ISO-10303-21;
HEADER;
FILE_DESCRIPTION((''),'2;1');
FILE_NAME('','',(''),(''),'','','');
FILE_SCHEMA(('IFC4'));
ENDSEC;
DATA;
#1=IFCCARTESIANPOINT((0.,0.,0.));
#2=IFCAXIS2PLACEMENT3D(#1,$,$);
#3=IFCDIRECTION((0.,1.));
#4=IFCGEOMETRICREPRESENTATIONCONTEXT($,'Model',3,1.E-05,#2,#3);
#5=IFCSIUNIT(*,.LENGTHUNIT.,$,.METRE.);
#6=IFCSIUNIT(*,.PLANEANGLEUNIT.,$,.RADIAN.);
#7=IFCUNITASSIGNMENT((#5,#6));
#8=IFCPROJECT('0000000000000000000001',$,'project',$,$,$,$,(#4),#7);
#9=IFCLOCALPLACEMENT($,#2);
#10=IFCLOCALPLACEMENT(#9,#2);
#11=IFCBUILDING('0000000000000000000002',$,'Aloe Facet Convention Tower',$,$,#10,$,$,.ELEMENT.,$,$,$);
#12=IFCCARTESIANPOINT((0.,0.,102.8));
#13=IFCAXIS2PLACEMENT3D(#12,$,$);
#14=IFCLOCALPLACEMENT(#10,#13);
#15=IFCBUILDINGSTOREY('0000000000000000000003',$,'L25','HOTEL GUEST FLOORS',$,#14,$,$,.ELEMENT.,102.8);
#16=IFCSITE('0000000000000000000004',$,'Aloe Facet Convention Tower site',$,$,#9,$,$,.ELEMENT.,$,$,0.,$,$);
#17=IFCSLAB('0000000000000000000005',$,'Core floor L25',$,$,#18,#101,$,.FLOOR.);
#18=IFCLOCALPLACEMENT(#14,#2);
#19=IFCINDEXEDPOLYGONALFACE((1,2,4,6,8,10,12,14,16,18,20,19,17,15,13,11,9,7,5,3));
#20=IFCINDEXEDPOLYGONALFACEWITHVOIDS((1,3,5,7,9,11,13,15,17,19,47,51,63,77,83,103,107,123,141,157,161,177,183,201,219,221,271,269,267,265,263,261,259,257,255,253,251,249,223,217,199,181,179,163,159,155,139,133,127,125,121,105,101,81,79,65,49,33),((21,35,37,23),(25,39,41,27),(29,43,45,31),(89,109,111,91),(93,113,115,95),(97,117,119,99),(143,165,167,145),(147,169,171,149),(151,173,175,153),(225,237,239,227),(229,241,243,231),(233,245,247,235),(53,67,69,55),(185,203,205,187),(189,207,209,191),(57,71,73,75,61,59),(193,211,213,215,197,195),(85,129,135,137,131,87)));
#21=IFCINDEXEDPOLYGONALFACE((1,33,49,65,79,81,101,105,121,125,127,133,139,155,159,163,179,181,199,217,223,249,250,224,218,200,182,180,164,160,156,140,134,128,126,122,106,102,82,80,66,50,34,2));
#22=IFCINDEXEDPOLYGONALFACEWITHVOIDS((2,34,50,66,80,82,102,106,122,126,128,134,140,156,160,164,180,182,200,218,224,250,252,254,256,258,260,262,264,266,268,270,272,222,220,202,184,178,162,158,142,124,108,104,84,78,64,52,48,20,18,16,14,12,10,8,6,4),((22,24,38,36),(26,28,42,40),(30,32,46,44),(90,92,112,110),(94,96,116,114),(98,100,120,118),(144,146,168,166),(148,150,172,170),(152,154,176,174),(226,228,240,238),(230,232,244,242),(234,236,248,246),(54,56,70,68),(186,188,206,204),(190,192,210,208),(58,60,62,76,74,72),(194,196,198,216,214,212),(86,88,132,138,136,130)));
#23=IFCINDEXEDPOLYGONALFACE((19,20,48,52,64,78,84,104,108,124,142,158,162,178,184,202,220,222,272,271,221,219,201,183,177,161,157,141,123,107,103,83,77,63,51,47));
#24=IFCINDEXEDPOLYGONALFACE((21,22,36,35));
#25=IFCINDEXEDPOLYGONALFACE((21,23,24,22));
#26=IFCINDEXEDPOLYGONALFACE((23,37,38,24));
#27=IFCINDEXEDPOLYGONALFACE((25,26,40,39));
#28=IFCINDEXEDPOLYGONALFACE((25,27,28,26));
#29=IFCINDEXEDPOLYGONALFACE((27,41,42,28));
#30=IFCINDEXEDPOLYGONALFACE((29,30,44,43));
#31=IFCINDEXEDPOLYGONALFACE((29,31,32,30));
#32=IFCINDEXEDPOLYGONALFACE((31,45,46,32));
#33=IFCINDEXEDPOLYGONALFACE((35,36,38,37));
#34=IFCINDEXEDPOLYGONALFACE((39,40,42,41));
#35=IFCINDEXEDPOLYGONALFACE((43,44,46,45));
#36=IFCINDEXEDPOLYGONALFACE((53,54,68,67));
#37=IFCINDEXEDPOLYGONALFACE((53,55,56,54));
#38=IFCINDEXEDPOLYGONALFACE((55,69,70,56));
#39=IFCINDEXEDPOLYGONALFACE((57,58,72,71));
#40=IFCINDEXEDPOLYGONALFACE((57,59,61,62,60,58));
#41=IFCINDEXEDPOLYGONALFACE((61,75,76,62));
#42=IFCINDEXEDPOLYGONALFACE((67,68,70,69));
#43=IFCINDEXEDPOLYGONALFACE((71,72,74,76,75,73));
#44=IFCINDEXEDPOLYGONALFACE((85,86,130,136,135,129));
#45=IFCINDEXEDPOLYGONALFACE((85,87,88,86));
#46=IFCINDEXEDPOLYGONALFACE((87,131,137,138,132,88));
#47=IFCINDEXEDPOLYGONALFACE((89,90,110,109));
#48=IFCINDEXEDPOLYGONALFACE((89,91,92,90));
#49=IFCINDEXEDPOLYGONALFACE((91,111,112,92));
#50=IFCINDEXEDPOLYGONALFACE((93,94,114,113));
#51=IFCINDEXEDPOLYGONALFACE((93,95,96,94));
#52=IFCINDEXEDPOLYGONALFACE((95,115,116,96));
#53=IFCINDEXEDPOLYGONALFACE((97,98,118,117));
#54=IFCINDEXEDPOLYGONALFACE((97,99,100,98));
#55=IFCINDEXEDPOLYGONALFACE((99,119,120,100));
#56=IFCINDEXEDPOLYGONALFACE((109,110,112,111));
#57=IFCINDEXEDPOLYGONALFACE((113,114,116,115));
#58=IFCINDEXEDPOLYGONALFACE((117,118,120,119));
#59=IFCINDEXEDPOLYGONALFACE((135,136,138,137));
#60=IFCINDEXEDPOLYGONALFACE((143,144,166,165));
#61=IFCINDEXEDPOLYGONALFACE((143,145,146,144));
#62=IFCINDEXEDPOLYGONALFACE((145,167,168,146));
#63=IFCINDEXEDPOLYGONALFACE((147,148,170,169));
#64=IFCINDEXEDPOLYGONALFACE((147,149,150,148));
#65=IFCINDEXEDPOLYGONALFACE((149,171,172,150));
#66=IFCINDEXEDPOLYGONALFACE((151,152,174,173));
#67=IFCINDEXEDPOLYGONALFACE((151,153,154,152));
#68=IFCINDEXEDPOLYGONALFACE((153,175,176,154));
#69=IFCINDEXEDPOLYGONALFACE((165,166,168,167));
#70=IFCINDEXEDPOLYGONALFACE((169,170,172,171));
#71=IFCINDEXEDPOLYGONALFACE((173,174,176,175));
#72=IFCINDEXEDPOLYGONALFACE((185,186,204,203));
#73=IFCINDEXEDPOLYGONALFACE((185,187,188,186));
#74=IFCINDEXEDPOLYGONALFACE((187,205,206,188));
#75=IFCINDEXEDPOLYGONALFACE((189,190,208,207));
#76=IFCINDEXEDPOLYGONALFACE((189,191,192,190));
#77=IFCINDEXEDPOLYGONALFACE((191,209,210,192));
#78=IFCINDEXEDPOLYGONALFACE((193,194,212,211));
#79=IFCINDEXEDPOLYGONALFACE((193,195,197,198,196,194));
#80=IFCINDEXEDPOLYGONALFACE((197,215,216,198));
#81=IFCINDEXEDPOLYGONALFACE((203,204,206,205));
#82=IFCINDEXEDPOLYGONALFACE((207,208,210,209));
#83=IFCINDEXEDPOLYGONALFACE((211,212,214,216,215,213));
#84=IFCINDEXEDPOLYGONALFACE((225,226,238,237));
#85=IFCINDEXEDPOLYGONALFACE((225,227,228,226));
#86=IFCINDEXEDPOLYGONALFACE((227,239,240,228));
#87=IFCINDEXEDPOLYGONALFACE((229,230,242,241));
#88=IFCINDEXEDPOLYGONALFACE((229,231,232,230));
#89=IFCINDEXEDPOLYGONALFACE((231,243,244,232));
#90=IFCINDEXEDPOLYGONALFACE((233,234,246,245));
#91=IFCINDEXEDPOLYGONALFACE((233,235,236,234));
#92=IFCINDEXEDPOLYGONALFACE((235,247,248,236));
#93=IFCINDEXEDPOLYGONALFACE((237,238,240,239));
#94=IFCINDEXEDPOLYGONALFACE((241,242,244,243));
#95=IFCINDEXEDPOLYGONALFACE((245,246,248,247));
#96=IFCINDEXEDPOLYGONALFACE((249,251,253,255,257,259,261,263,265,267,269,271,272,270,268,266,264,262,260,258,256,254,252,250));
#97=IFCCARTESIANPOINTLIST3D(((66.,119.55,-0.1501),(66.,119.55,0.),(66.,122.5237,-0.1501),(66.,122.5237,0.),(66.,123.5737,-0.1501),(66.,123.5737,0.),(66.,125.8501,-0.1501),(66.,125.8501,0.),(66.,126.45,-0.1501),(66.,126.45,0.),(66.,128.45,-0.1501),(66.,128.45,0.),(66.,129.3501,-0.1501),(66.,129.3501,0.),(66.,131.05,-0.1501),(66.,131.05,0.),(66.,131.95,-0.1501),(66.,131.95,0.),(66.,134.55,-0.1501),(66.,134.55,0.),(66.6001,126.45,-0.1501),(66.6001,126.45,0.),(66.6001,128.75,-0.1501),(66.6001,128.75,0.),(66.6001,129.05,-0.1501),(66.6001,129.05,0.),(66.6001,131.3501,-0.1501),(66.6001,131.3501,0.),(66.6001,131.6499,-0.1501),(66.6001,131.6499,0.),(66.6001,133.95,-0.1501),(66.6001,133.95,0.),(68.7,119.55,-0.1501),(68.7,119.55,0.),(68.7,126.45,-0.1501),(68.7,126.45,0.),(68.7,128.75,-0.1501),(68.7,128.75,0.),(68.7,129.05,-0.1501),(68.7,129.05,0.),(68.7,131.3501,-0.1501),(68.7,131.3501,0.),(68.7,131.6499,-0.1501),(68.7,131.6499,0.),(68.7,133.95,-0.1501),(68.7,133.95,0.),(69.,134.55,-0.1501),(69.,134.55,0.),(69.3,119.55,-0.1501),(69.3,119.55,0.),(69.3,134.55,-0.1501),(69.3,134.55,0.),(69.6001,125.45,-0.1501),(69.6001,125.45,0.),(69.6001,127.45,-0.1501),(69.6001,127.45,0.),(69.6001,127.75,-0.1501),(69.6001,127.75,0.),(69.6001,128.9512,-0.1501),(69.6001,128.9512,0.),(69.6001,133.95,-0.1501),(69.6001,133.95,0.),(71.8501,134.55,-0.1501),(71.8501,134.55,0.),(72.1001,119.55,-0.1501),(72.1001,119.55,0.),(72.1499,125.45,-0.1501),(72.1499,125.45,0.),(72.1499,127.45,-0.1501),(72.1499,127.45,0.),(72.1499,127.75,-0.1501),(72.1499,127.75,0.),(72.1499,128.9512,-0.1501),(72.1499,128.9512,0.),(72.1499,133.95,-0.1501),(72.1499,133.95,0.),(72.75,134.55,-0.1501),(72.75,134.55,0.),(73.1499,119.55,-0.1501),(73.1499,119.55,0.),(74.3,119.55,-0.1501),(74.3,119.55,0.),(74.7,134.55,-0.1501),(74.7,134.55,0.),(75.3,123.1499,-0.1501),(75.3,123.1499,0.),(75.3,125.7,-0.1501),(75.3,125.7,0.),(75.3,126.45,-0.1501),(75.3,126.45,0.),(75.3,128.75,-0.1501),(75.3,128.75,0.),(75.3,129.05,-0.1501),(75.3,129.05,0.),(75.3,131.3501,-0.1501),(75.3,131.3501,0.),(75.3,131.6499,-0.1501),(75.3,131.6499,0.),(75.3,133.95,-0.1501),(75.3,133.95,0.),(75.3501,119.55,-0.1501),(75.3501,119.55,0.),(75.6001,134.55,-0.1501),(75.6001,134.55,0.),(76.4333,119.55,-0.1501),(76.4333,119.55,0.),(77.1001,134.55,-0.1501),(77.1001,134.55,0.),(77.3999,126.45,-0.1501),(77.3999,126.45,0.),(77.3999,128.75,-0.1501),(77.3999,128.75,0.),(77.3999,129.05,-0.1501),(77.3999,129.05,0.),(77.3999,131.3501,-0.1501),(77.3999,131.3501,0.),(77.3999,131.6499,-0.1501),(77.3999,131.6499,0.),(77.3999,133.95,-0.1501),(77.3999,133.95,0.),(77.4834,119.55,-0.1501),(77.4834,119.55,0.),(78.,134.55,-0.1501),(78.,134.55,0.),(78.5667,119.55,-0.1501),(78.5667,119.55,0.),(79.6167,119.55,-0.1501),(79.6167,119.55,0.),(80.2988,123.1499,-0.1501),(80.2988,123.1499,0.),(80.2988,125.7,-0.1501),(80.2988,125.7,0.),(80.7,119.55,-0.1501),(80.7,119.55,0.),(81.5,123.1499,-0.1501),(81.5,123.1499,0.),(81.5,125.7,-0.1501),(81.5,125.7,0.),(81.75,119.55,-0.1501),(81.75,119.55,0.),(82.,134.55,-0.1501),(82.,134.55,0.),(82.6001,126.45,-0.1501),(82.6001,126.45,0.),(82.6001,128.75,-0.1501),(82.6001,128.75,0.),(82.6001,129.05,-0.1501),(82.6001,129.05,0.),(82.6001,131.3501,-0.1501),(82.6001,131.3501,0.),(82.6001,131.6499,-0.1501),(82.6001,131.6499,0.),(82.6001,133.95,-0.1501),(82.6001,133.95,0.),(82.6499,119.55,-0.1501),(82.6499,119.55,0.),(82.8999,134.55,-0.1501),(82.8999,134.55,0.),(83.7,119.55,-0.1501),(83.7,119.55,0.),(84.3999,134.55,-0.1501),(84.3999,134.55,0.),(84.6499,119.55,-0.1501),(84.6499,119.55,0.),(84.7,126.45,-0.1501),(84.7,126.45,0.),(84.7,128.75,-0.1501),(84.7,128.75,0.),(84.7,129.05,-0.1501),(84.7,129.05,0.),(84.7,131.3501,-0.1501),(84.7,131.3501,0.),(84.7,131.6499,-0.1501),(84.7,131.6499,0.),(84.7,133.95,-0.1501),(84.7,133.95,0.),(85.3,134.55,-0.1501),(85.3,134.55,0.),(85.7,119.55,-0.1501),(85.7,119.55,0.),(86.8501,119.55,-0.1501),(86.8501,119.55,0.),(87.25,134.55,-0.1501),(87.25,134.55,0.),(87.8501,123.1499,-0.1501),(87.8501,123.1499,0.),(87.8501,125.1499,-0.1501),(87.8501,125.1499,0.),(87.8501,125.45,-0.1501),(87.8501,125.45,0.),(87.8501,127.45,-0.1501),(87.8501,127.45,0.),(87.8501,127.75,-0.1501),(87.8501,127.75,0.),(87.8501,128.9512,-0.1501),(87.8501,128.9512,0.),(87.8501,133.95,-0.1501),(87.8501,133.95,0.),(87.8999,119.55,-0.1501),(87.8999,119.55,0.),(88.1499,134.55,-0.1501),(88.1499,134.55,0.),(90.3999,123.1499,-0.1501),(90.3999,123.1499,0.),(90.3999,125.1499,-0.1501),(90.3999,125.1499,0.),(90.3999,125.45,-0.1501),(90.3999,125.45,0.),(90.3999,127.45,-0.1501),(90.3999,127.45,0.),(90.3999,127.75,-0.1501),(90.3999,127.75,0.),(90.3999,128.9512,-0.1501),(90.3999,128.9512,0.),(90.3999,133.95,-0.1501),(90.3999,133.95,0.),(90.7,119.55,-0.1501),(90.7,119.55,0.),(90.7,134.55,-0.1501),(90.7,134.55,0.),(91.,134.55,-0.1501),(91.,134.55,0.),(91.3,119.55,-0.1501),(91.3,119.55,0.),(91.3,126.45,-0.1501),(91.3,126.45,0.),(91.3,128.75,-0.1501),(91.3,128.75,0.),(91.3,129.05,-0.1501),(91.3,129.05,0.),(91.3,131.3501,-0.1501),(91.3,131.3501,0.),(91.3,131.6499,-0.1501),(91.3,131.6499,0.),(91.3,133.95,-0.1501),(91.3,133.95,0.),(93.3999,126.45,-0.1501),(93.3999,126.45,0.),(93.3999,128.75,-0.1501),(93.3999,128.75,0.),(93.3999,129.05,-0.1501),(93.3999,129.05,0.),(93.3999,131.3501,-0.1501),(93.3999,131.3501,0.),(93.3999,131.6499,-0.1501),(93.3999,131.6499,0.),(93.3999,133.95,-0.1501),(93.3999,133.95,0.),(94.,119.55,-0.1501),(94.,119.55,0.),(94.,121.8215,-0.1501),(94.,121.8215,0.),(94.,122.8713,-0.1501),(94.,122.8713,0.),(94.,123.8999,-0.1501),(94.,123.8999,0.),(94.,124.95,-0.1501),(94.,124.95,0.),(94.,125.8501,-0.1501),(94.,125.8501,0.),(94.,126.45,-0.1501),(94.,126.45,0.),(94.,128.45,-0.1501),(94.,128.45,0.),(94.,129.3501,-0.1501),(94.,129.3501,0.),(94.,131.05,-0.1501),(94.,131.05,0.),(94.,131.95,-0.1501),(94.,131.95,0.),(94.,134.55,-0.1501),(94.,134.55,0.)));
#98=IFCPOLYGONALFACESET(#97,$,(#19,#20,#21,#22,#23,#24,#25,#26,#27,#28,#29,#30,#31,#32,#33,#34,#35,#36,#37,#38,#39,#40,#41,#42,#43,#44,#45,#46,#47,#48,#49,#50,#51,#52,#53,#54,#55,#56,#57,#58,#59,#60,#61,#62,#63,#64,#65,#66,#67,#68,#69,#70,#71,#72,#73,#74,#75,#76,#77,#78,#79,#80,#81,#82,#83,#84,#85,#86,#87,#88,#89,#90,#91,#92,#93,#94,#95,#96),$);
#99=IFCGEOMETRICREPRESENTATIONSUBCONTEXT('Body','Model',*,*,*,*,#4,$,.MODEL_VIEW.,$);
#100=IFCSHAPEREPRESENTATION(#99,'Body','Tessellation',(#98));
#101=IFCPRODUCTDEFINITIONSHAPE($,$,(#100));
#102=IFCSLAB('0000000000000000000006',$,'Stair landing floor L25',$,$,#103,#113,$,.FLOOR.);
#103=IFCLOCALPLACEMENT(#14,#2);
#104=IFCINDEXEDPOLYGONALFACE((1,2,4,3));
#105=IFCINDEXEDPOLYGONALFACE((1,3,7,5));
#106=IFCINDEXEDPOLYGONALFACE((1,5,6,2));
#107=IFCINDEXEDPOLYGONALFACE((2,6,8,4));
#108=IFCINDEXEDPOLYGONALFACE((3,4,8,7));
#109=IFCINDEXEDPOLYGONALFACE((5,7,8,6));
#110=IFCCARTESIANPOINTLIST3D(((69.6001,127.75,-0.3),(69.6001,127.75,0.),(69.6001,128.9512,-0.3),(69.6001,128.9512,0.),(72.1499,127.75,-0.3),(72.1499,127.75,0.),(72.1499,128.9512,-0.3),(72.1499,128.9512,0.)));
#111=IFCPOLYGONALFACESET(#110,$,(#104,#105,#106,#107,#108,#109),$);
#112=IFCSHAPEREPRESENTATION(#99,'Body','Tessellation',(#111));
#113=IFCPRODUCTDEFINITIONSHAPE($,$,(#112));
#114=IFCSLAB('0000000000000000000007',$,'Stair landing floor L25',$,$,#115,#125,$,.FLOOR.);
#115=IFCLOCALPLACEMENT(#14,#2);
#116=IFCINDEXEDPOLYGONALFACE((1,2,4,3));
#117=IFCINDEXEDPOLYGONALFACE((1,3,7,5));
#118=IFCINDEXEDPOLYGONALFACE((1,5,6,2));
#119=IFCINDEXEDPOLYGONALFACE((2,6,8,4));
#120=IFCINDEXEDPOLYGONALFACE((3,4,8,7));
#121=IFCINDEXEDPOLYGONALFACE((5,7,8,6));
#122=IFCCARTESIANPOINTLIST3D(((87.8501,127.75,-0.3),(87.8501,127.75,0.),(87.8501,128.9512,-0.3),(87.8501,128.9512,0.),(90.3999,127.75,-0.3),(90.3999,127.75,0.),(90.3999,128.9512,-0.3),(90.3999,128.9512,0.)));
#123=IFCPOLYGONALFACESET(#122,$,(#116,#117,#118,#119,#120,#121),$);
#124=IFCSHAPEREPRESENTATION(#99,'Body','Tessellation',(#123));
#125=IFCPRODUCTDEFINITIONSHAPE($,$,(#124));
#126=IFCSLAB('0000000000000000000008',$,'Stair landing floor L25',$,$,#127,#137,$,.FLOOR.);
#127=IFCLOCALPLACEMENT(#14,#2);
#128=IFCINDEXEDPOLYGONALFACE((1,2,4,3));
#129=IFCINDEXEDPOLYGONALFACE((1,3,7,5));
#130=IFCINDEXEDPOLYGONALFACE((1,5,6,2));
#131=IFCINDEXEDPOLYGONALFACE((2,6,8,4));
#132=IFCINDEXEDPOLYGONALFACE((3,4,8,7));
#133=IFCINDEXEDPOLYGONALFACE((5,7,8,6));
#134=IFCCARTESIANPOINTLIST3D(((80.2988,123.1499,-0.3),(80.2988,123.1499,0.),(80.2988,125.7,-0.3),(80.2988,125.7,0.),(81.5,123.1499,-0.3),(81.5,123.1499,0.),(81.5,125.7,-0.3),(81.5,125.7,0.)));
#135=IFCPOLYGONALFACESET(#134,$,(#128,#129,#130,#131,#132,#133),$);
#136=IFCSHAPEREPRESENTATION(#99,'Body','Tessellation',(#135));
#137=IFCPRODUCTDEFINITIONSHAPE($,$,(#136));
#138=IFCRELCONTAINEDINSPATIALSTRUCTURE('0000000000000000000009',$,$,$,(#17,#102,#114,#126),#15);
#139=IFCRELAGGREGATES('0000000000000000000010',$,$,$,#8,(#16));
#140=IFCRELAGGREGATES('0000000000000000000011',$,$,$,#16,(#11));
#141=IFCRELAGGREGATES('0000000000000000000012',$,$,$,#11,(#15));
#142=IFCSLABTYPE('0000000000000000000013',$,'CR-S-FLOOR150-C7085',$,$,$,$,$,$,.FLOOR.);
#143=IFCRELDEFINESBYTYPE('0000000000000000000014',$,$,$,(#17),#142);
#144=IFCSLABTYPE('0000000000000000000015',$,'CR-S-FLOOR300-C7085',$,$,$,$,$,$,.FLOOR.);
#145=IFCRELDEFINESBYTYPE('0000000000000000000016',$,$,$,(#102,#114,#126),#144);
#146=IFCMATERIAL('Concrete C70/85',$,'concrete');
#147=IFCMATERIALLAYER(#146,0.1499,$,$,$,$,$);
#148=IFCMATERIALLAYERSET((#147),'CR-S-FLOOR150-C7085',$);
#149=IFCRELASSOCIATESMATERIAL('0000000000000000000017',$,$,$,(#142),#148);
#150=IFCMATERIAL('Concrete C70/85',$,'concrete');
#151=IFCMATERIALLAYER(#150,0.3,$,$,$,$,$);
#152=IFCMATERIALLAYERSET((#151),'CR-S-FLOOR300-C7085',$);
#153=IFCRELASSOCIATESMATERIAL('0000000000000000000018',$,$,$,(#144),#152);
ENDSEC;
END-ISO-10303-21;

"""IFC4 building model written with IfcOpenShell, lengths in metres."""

from ifc_helpers import new_model, si_unit, direction, frame, origin, place, context, subcontext, project, spatial, polyline, outline, extrude, material, layer, layer_set, type_object, element, save


model = new_model("IFC4")

# Units and contexts
model_context = context("Model", 3, precision=1e-05, world=origin(), true_north=direction((0.0, 1.0)))
body_context = subcontext(model_context, "Body", "Model", "MODEL_VIEW")
ifc_project = project(units=[si_unit("LENGTHUNIT", "METRE"), si_unit("PLANEANGLEUNIT", "RADIAN")], contexts=[model_context])

# Site, building, storey
site_placement = place(None, origin())
site = spatial("IfcSite", under=ifc_project, at=site_placement, Name="Aloe Facet Convention Tower site", CompositionType="ELEMENT", RefElevation=0.0)
building_placement = place(site_placement, origin())
building = spatial("IfcBuilding", under=site, at=building_placement, Name="Aloe Facet Convention Tower", CompositionType="ELEMENT")
storey_placement = place(building_placement, frame((0.0, 0.0, 102.8)))
storey = spatial("IfcBuildingStorey", under=building, at=storey_placement, Name="L25", Description="HOTEL GUEST FLOORS", CompositionType="ELEMENT", Elevation=102.8)

# Slabs
ifc_material_1 = material(Name="Concrete C70/85", Category="concrete")
ifc_layer_1 = layer(ifc_material_1, 0.1499)
ifc_layer_set_1 = layer_set([ifc_layer_1], Name="CR-S-FLOOR150-C7085")
slab_type_1 = type_object("IfcSlabType", Name="CR-S-FLOOR150-C7085", PredefinedType="FLOOR", material=ifc_layer_set_1)
slab_1_placement = place(storey_placement, frame((0.0, 0.0, -0.1501)))
element("IfcSlab", 1, at=slab_1_placement, inside=storey, type_object=slab_type_1, Name="Core floor L25", PredefinedType="FLOOR", context=body_context, shape_type="SweptSolid", body=[
    extrude(outline(polyline([(69.3, 134.55), (71.8501, 134.55), (72.75, 134.55), (74.7, 134.55), (75.6001, 134.55), (77.1001, 134.55), (78.0, 134.55), (82.0, 134.55), (82.8999, 134.55), (84.3999, 134.55), (85.3, 134.55), (87.25, 134.55), (88.1499, 134.55), (90.7, 134.55), (91.0, 134.55), (94.0, 134.55), (94.0, 131.95), (94.0, 131.05), (94.0, 129.3501), (94.0, 128.45), (94.0, 126.45), (94.0, 125.8501), (94.0, 124.95), (94.0, 123.8999), (94.0, 122.8713), (94.0, 121.8215), (94.0, 119.55), (91.3, 119.55), (90.7, 119.55), (87.8999, 119.55), (86.8501, 119.55), (85.7, 119.55), (84.6499, 119.55), (83.7, 119.55), (82.6499, 119.55), (81.75, 119.55), (80.7, 119.55), (79.6167, 119.55), (78.5667, 119.55), (77.4834, 119.55), (76.4333, 119.55), (75.3501, 119.55), (74.3, 119.55), (73.1499, 119.55), (72.1001, 119.55), (69.3, 119.55), (68.7, 119.55), (66.0, 119.55), (66.0, 122.5237), (66.0, 123.5737), (66.0, 125.8501), (66.0, 126.45), (66.0, 128.45), (66.0, 129.3501), (66.0, 131.05), (66.0, 131.95), (66.0, 134.55), (69.0, 134.55), (69.3, 134.55)]), holes=[polyline([(75.3, 123.1499), (80.2988, 123.1499), (81.5, 123.1499), (81.5, 125.7), (80.2988, 125.7), (75.3, 125.7), (75.3, 123.1499)]), polyline([(69.6001, 125.45), (72.1499, 125.45), (72.1499, 127.45), (69.6001, 127.45), (69.6001, 125.45)]), polyline([(66.6001, 126.45), (68.7, 126.45), (68.7, 128.75), (66.6001, 128.75), (66.6001, 126.45)]), polyline([(75.3, 126.45), (77.3999, 126.45), (77.3999, 128.75), (75.3, 128.75), (75.3, 126.45)]), polyline([(66.6001, 129.05), (68.7, 129.05), (68.7, 131.3501), (66.6001, 131.3501), (66.6001, 129.05)]), polyline([(75.3, 129.05), (77.3999, 129.05), (77.3999, 131.3501), (75.3, 131.3501), (75.3, 129.05)]), polyline([(69.6001, 133.95), (69.6001, 128.9512), (69.6001, 127.75), (72.1499, 127.75), (72.1499, 128.9512), (72.1499, 133.95), (69.6001, 133.95)]), polyline([(66.6001, 133.95), (66.6001, 131.6499), (68.7, 131.6499), (68.7, 133.95), (66.6001, 133.95)]), polyline([(75.3, 133.95), (75.3, 131.6499), (77.3999, 131.6499), (77.3999, 133.95), (75.3, 133.95)]), polyline([(87.8501, 123.1499), (90.3999, 123.1499), (90.3999, 125.1499), (87.8501, 125.1499), (87.8501, 123.1499)]), polyline([(87.8501, 125.45), (90.3999, 125.45), (90.3999, 127.45), (87.8501, 127.45), (87.8501, 125.45)]), polyline([(82.6001, 126.45), (84.7, 126.45), (84.7, 128.75), (82.6001, 128.75), (82.6001, 126.45)]), polyline([(91.3, 126.45), (93.3999, 126.45), (93.3999, 128.75), (91.3, 128.75), (91.3, 126.45)]), polyline([(82.6001, 129.05), (84.7, 129.05), (84.7, 131.3501), (82.6001, 131.3501), (82.6001, 129.05)]), polyline([(91.3, 129.05), (93.3999, 129.05), (93.3999, 131.3501), (91.3, 131.3501), (91.3, 129.05)]), polyline([(87.8501, 133.95), (87.8501, 128.9512), (87.8501, 127.75), (90.3999, 127.75), (90.3999, 128.9512), (90.3999, 133.95), (87.8501, 133.95)]), polyline([(82.6001, 133.95), (82.6001, 131.6499), (84.7, 131.6499), (84.7, 133.95), (82.6001, 133.95)]), polyline([(91.3, 133.95), (91.3, 131.6499), (93.3999, 131.6499), (93.3999, 133.95), (91.3, 133.95)])]), origin(), (0.0, 0.0, 1.0), 0.1501),
])
ifc_material_2 = material(Name="Concrete C70/85", Category="concrete")
ifc_layer_2 = layer(ifc_material_2, 0.3)
ifc_layer_set_2 = layer_set([ifc_layer_2], Name="CR-S-FLOOR300-C7085")
slab_type_2 = type_object("IfcSlabType", Name="CR-S-FLOOR300-C7085", PredefinedType="FLOOR", material=ifc_layer_set_2)
slab_2_placement = place(storey_placement, frame((0.0, 0.0, -0.3)))
element("IfcSlab", 2, at=slab_2_placement, inside=storey, type_object=slab_type_2, Name="Stair landing floor L25", PredefinedType="FLOOR", context=body_context, shape_type="SweptSolid", body=[
    extrude(outline(polyline([(72.1499, 127.75), (72.1499, 128.9512), (69.6001, 128.9512), (69.6001, 127.75), (72.1499, 127.75)])), origin(), (0.0, 0.0, 1.0), 0.3),
])
slab_3_placement = place(storey_placement, frame((0.0, 0.0, -0.3)))
element("IfcSlab", 3, at=slab_3_placement, inside=storey, type_object=slab_type_2, Name="Stair landing floor L25", PredefinedType="FLOOR", context=body_context, shape_type="SweptSolid", body=[
    extrude(outline(polyline([(90.3999, 127.75), (90.3999, 128.9512), (87.8501, 128.9512), (87.8501, 127.75), (90.3999, 127.75)])), origin(), (0.0, 0.0, 1.0), 0.3),
])
slab_4_placement = place(storey_placement, frame((0.0, 0.0, -0.3)))
element("IfcSlab", 4, at=slab_4_placement, inside=storey, type_object=slab_type_2, Name="Stair landing floor L25", PredefinedType="FLOOR", context=body_context, shape_type="SweptSolid", body=[
    extrude(outline(polyline([(81.5, 125.7), (80.2988, 125.7), (80.2988, 123.1499), (81.5, 123.1499), (81.5, 125.7)])), origin(), (0.0, 0.0, 1.0), 0.3),
])

save(model, "model.ifc")
